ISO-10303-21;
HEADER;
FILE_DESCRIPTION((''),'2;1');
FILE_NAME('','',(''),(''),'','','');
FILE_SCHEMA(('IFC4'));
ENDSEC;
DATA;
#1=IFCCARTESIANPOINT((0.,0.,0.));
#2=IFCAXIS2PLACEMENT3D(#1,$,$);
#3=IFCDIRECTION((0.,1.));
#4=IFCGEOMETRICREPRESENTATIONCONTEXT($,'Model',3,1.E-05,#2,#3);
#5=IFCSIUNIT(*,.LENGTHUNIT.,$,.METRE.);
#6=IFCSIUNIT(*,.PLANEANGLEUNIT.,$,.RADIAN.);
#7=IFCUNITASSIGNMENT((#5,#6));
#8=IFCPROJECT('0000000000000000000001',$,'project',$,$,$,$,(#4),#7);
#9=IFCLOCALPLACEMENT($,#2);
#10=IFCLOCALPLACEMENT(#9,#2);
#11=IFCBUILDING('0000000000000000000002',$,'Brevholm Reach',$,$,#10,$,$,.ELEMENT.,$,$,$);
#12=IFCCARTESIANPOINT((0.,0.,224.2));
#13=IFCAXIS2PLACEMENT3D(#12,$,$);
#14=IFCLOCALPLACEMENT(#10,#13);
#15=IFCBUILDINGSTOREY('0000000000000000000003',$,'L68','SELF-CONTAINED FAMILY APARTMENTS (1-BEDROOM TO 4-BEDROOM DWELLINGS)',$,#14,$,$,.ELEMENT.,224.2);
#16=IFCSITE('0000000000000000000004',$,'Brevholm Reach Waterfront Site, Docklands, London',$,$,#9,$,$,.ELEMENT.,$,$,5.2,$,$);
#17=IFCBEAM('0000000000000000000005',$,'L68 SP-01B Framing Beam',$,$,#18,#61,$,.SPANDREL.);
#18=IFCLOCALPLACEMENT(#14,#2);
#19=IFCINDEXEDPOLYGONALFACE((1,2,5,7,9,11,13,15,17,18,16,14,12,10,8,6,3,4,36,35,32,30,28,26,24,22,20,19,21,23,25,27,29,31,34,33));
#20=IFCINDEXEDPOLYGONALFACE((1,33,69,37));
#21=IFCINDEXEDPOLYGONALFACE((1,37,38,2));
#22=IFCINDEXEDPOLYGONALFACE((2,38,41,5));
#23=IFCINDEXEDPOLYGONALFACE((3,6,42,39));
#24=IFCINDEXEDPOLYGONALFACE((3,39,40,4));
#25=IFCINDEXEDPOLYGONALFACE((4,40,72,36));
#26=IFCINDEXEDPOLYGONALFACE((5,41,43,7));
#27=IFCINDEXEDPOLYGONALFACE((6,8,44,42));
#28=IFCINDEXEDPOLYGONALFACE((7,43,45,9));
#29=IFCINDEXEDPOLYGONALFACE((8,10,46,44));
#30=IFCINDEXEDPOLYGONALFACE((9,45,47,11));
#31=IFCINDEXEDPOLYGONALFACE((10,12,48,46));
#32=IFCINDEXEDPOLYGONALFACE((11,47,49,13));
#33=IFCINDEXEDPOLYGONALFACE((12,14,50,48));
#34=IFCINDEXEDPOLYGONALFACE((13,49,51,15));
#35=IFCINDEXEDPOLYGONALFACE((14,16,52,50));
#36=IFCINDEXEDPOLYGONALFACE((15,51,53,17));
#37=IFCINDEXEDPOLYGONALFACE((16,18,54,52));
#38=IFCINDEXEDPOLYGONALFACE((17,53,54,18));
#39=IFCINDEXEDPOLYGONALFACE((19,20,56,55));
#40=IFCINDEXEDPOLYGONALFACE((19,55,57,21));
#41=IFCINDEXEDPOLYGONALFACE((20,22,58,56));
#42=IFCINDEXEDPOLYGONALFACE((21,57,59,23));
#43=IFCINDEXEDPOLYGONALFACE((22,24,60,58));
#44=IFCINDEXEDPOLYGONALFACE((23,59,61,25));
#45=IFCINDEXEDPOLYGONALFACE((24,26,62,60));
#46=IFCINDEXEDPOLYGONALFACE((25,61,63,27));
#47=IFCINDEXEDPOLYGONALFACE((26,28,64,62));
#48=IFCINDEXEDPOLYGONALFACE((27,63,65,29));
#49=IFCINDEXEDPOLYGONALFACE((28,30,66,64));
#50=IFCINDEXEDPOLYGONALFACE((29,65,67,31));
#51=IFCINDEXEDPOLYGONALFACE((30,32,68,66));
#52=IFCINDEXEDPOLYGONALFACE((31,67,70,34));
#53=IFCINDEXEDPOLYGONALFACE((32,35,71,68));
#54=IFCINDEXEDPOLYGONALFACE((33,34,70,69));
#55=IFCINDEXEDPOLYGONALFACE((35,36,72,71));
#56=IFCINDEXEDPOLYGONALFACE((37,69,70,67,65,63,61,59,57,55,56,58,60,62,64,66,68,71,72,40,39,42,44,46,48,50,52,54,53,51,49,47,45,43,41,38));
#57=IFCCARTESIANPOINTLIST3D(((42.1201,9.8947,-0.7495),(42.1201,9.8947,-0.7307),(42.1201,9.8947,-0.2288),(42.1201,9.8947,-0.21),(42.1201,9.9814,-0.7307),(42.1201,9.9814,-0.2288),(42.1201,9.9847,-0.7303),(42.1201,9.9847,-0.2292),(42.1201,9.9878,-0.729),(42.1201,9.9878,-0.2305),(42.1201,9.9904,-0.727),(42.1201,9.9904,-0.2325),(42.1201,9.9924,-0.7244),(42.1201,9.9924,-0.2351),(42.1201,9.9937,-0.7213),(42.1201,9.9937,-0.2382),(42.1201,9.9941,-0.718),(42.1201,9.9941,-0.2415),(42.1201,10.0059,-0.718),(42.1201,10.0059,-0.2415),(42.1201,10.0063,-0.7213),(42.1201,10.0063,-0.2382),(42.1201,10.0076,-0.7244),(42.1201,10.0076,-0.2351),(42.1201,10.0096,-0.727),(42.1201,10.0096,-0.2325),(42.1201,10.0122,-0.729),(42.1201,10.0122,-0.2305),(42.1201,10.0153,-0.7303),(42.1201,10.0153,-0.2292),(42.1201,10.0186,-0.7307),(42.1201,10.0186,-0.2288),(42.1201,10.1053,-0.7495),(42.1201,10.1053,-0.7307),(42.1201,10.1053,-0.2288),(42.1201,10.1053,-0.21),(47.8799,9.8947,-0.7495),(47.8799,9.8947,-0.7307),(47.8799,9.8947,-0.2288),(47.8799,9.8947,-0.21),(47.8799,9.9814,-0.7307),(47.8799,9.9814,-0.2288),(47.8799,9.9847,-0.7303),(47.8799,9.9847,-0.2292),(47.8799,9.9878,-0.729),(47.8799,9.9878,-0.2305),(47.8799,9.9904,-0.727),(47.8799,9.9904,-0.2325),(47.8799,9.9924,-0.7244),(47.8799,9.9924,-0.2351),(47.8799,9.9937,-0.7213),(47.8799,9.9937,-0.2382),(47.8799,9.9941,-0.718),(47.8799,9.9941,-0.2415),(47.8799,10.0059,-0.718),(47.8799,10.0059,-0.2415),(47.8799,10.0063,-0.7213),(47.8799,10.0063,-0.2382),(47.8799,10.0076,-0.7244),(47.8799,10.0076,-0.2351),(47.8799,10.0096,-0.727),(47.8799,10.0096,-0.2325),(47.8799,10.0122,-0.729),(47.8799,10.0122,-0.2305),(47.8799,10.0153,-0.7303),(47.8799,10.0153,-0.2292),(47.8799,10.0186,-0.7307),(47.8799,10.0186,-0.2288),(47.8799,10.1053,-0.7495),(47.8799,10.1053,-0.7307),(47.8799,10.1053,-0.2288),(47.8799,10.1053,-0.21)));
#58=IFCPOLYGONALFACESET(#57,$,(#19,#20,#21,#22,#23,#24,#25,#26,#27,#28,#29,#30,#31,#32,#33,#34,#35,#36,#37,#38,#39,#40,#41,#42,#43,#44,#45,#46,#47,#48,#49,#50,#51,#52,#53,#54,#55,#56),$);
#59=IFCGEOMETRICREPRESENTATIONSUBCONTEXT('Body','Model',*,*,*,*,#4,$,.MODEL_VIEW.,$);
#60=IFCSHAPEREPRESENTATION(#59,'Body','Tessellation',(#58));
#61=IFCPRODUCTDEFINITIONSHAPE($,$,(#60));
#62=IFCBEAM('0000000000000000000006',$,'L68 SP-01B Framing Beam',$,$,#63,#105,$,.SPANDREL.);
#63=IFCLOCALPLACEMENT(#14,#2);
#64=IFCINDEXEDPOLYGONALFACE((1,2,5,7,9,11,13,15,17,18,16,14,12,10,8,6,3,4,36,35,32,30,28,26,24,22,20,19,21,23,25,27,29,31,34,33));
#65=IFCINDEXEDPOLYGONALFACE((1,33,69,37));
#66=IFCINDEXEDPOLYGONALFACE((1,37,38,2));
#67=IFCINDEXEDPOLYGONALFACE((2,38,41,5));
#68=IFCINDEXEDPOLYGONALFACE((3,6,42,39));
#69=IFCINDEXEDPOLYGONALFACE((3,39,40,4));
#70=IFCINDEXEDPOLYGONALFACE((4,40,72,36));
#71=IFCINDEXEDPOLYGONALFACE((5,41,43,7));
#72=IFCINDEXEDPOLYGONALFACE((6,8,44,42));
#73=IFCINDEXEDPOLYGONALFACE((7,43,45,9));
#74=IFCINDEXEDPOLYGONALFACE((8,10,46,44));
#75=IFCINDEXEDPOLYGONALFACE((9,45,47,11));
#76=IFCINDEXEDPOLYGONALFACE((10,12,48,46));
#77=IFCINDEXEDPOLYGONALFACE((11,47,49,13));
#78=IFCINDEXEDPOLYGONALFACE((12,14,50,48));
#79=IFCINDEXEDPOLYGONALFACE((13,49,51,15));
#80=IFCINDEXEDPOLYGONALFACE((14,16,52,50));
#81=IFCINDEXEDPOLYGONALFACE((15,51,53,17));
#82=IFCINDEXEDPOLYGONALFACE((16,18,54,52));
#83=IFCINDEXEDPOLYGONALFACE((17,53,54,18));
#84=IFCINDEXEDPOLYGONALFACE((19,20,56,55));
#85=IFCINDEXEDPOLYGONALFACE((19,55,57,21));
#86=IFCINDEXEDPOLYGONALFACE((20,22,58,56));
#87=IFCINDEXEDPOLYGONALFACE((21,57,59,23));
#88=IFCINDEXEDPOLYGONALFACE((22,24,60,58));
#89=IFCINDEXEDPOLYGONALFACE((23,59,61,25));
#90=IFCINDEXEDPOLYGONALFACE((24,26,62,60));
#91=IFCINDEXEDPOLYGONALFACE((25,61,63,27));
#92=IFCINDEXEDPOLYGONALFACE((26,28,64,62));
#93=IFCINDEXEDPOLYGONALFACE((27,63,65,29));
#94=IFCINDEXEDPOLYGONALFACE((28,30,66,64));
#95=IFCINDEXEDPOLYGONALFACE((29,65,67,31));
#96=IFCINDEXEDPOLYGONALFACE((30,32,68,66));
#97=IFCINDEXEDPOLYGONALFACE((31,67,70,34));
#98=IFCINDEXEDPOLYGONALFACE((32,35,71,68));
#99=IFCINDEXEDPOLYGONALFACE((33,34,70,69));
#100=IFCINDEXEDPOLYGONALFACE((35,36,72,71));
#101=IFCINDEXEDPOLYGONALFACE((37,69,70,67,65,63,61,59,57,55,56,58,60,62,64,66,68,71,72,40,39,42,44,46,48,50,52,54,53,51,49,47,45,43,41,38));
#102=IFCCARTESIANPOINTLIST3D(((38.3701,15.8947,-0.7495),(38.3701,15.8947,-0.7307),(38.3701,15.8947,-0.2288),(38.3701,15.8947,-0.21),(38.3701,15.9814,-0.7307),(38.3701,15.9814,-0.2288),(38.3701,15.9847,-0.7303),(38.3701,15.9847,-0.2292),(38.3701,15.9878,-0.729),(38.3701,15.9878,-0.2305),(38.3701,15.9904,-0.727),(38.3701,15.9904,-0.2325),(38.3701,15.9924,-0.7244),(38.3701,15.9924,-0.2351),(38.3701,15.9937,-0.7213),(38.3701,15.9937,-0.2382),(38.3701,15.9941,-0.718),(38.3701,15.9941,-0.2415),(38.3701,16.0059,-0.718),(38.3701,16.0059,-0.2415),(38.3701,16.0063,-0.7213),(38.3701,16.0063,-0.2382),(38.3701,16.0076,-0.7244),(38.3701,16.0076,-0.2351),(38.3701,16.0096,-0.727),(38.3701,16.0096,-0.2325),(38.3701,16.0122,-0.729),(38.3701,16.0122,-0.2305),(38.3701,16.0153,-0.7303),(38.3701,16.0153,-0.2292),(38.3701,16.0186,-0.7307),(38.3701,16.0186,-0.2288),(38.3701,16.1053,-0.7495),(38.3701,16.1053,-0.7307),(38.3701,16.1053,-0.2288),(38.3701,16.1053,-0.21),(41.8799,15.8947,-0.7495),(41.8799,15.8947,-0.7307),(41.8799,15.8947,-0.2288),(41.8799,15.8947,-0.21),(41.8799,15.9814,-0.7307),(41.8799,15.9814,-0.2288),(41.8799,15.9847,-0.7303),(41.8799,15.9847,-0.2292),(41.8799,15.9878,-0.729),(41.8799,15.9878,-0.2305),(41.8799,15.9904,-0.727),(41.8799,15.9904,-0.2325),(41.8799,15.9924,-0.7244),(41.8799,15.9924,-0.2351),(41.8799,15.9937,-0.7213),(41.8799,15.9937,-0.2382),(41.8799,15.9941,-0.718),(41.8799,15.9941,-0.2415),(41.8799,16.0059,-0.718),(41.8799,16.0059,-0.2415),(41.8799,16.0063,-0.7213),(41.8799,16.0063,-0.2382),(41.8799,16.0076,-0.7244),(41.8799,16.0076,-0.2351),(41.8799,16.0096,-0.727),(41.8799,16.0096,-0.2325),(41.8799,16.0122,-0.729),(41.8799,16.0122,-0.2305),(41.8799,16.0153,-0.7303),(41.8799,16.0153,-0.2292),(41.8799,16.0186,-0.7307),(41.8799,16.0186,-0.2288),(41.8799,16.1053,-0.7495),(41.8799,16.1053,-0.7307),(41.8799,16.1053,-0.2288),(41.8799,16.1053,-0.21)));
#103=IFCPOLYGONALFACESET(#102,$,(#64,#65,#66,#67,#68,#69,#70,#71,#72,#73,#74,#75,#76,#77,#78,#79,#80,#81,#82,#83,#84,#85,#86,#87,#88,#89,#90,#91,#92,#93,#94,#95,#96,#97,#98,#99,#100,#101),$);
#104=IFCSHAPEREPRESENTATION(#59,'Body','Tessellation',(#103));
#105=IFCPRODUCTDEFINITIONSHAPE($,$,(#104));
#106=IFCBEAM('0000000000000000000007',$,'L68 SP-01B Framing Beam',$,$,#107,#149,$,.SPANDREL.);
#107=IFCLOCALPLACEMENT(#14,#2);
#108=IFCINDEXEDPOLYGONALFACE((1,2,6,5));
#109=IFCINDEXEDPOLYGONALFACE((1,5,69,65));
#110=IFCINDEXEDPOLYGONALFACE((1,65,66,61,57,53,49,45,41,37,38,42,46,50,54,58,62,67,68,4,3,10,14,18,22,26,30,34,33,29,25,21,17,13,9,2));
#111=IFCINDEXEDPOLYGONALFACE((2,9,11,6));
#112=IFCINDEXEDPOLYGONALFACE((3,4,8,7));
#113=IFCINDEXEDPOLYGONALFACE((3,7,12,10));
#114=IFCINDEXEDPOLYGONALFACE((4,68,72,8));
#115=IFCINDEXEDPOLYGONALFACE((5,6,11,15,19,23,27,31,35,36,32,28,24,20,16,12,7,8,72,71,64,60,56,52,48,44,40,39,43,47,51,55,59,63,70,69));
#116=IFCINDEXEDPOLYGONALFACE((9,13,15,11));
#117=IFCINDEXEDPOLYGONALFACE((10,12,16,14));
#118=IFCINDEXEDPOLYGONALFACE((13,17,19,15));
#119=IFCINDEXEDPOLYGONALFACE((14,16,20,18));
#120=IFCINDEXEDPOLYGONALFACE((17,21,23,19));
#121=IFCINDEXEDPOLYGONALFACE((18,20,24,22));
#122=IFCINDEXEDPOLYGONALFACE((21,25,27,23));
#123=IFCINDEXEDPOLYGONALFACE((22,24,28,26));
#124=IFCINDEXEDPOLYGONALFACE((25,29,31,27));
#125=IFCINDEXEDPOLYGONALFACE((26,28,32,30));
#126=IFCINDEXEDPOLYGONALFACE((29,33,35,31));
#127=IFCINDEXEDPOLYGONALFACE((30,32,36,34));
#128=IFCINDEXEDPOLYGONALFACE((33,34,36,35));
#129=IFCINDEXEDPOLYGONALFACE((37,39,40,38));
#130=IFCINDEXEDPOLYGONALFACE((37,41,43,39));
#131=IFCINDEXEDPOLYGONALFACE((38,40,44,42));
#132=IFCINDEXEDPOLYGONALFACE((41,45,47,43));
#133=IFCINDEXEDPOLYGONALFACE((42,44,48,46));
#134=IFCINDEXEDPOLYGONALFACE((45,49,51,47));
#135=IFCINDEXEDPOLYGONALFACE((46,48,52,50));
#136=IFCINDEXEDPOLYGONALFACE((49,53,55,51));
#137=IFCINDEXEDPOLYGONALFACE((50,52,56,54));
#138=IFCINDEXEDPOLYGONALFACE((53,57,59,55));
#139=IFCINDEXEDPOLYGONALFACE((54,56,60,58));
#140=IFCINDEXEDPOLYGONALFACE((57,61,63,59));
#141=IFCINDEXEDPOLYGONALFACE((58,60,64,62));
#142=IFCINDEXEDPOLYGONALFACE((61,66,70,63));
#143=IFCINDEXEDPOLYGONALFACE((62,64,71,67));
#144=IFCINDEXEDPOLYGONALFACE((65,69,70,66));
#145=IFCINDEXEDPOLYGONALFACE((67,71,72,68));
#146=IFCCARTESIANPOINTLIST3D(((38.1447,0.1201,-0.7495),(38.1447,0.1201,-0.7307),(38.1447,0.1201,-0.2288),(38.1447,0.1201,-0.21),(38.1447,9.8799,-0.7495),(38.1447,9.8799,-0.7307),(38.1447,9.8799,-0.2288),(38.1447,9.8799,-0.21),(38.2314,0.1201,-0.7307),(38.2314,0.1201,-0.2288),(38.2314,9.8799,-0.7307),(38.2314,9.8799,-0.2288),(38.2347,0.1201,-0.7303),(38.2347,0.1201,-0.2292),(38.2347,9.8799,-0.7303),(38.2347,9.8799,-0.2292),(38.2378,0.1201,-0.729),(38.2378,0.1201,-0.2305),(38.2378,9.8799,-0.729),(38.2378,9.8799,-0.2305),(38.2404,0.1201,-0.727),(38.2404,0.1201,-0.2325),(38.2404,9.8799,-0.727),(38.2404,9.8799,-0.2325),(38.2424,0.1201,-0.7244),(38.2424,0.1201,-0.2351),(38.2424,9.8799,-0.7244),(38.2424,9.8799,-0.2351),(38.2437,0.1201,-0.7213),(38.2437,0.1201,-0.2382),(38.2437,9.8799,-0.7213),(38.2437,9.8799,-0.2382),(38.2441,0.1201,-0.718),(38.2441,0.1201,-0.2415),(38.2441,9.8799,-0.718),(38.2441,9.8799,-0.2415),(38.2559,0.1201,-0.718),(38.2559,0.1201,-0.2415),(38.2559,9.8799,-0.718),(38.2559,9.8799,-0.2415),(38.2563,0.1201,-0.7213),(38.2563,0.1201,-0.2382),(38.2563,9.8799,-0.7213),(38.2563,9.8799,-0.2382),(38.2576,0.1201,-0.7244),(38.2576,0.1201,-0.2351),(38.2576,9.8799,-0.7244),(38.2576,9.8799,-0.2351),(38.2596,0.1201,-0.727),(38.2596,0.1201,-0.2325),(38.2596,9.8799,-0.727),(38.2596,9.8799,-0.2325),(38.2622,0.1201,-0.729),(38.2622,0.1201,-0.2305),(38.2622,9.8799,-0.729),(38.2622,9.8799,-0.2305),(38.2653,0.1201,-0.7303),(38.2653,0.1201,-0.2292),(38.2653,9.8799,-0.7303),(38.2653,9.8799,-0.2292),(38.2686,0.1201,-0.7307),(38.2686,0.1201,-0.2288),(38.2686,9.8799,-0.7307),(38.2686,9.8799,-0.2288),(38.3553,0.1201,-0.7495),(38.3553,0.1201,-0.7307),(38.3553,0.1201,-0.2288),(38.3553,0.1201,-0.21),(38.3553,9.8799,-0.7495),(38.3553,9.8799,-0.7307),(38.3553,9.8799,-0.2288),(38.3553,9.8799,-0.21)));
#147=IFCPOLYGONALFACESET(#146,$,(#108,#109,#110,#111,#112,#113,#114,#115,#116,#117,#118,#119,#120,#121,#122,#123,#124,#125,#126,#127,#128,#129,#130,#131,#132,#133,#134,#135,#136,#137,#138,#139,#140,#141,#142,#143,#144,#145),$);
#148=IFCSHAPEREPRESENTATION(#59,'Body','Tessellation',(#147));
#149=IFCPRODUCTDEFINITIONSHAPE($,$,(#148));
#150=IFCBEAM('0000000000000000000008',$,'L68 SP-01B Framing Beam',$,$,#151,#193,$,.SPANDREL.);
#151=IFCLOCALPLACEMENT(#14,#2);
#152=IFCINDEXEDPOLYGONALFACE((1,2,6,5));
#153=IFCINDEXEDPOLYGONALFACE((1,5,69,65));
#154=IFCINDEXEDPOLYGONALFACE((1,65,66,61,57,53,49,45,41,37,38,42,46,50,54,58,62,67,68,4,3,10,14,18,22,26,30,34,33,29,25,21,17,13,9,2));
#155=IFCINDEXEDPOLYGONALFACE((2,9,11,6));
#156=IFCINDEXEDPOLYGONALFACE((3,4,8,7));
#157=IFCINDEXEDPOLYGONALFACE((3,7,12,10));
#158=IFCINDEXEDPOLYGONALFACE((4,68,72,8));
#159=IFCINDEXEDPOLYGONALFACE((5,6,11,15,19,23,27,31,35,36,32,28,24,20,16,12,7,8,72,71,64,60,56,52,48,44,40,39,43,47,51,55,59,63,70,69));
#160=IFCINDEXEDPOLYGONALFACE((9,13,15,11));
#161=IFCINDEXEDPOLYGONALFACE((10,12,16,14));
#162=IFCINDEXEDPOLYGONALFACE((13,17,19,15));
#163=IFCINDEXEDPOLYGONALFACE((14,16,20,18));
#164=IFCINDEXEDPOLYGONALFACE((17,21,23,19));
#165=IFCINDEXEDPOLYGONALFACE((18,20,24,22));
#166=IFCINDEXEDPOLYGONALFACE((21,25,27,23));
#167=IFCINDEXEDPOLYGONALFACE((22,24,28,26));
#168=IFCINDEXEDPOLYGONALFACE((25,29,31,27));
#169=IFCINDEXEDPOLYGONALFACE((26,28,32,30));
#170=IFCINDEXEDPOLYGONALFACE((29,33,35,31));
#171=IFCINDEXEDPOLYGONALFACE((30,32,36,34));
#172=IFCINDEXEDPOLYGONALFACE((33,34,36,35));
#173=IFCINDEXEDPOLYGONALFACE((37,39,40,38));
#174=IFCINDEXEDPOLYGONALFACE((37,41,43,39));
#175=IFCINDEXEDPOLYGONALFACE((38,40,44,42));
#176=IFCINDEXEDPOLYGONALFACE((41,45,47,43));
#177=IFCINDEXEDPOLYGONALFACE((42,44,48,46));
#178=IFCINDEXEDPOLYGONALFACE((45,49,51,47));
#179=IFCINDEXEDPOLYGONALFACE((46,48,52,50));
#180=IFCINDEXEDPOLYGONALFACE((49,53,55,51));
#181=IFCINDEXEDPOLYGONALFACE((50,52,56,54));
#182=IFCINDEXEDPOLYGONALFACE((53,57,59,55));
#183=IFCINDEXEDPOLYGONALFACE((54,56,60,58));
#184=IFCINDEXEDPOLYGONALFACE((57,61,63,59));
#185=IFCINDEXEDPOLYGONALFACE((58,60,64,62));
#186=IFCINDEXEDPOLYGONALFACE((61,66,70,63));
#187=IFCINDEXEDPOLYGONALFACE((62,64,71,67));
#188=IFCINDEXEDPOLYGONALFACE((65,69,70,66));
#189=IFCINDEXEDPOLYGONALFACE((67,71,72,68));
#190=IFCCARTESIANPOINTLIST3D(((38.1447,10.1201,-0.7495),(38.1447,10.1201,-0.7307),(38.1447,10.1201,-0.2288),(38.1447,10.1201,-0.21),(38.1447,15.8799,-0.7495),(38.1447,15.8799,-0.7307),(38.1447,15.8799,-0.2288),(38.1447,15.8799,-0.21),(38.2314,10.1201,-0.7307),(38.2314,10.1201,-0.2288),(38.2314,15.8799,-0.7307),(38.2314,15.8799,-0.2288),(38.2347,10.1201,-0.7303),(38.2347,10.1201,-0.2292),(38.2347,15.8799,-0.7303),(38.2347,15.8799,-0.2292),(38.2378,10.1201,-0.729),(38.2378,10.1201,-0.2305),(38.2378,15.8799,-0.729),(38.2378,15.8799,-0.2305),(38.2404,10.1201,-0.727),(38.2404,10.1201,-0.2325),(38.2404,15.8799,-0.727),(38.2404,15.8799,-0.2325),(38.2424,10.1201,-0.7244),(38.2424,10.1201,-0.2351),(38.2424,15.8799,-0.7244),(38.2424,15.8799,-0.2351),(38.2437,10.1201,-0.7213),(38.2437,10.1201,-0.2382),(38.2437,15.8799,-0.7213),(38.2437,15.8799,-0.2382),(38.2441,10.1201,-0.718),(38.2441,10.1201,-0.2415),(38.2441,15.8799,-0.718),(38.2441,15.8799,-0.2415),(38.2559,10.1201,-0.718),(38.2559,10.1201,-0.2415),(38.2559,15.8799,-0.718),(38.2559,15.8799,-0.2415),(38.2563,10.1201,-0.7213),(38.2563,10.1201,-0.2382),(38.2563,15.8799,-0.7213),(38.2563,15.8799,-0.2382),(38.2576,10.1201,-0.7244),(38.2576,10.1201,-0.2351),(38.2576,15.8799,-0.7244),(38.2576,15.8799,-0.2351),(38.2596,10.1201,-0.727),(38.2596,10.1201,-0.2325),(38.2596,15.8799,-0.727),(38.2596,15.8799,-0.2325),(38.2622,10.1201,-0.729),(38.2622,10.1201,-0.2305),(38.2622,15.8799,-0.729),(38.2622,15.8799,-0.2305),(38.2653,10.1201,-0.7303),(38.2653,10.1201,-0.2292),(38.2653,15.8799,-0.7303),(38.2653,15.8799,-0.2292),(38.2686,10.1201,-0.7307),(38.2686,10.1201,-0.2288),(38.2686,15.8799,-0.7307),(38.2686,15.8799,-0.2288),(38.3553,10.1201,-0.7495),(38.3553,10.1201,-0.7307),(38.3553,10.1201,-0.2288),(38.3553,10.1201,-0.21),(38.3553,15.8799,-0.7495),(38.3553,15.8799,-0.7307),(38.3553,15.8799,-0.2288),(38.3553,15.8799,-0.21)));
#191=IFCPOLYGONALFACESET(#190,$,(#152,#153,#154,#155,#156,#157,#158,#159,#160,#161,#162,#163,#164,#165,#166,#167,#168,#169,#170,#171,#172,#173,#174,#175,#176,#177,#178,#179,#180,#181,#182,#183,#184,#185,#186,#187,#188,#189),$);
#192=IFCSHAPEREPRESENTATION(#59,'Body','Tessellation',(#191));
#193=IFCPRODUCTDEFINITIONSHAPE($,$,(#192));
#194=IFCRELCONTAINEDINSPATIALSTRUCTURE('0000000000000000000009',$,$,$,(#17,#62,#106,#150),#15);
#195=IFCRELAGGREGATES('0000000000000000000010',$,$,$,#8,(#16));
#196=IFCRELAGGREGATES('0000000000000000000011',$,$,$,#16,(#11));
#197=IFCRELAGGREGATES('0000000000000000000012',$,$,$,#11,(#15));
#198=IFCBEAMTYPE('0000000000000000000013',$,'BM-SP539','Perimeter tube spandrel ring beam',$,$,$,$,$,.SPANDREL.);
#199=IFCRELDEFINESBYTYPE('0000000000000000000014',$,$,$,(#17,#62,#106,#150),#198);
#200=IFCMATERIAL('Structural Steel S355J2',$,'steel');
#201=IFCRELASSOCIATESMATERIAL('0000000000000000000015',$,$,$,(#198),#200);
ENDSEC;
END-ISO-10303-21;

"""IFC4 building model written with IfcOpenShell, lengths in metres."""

from ifc_helpers import new_model, si_unit, direction, frame, origin, origin_2d, place, context, subcontext, project, spatial, i_section, extrude, material, material_profile, profile_set, type_object, element, save


model = new_model("IFC4")

# Units and contexts
model_context = context("Model", 3, precision=1e-05, world=origin(), true_north=direction((0.0, 1.0)))
body_context = subcontext(model_context, "Body", "Model", "MODEL_VIEW")
ifc_project = project(units=[si_unit("LENGTHUNIT", "METRE"), si_unit("PLANEANGLEUNIT", "RADIAN")], contexts=[model_context])

# Site, building, storey
site_placement = place(None, origin())
site = spatial("IfcSite", under=ifc_project, at=site_placement, Name="Brevholm Reach Waterfront Site, Docklands, London", CompositionType="ELEMENT", RefElevation=5.2)
building_placement = place(site_placement, origin())
building = spatial("IfcBuilding", under=site, at=building_placement, Name="Brevholm Reach", CompositionType="ELEMENT")
storey_placement = place(building_placement, frame((0.0, 0.0, 224.2)))
storey = spatial("IfcBuildingStorey", under=building, at=storey_placement, Name="L68", Description="SELF-CONTAINED FAMILY APARTMENTS (1-BEDROOM TO 4-BEDROOM DWELLINGS)", CompositionType="ELEMENT", Elevation=224.2)

# Beams
ifc_material_1 = material(Name="Structural Steel S355J2", Category="steel")
ifc_material_profile_1 = material_profile(ifc_material_1, i_section(OverallWidth=0.2107, OverallDepth=0.5396, WebThickness=0.0117, FlangeThickness=0.0188, FilletRadius=0.0127, at=origin_2d()), Name="UKB 533x210x109")
ifc_profile_set_1 = profile_set([ifc_material_profile_1], Name="Structural Steel S355J2")
beam_type_1 = type_object("IfcBeamType", Name="BM-SP539", Description="Perimeter tube spandrel ring beam", PredefinedType="SPANDREL", material=ifc_profile_set_1)
beam_1_placement = place(storey_placement, frame((42.1201, 10.0, -0.4797), z_axis=(1.0, 0.0, 0.0), x_axis=(0.0, 1.0, 0.0)))
element("IfcBeam", 1, at=beam_1_placement, inside=storey, type_object=beam_type_1, Name="L68 SP-01B Framing Beam", PredefinedType="SPANDREL", context=body_context, shape_type="SweptSolid", body=[
    extrude(i_section(OverallWidth=0.2107, OverallDepth=0.5396, WebThickness=0.0117, FlangeThickness=0.0188, FilletRadius=0.0127, at=origin_2d()), origin(), (0.0, 0.0, 1.0), 5.7598),
])
beam_2_placement = place(storey_placement, frame((38.3701, 16.0, -0.4797), z_axis=(1.0, 0.0, 0.0), x_axis=(0.0, 1.0, 0.0)))
element("IfcBeam", 2, at=beam_2_placement, inside=storey, type_object=beam_type_1, Name="L68 SP-01B Framing Beam", PredefinedType="SPANDREL", context=body_context, shape_type="SweptSolid", body=[
    extrude(i_section(OverallWidth=0.2107, OverallDepth=0.5396, WebThickness=0.0117, FlangeThickness=0.0188, FilletRadius=0.0127, at=origin_2d()), origin(), (0.0, 0.0, 1.0), 3.5098),
])
beam_3_placement = place(storey_placement, frame((38.25, 0.1201, -0.4797), z_axis=(0.0, 1.0, 0.0), x_axis=(-1.0, 0.0, 0.0)))
element("IfcBeam", 3, at=beam_3_placement, inside=storey, type_object=beam_type_1, Name="L68 SP-01B Framing Beam", PredefinedType="SPANDREL", context=body_context, shape_type="SweptSolid", body=[
    extrude(i_section(OverallWidth=0.2107, OverallDepth=0.5396, WebThickness=0.0117, FlangeThickness=0.0188, FilletRadius=0.0127, at=origin_2d()), origin(), (0.0, 0.0, 1.0), 9.7598),
])
beam_4_placement = place(storey_placement, frame((38.25, 10.1201, -0.4797), z_axis=(0.0, 1.0, 0.0), x_axis=(-1.0, 0.0, 0.0)))
element("IfcBeam", 4, at=beam_4_placement, inside=storey, type_object=beam_type_1, Name="L68 SP-01B Framing Beam", PredefinedType="SPANDREL", context=body_context, shape_type="SweptSolid", body=[
    extrude(i_section(OverallWidth=0.2107, OverallDepth=0.5396, WebThickness=0.0117, FlangeThickness=0.0188, FilletRadius=0.0127, at=origin_2d()), origin(), (0.0, 0.0, 1.0), 5.7598),
])

save(model, "model.ifc")
